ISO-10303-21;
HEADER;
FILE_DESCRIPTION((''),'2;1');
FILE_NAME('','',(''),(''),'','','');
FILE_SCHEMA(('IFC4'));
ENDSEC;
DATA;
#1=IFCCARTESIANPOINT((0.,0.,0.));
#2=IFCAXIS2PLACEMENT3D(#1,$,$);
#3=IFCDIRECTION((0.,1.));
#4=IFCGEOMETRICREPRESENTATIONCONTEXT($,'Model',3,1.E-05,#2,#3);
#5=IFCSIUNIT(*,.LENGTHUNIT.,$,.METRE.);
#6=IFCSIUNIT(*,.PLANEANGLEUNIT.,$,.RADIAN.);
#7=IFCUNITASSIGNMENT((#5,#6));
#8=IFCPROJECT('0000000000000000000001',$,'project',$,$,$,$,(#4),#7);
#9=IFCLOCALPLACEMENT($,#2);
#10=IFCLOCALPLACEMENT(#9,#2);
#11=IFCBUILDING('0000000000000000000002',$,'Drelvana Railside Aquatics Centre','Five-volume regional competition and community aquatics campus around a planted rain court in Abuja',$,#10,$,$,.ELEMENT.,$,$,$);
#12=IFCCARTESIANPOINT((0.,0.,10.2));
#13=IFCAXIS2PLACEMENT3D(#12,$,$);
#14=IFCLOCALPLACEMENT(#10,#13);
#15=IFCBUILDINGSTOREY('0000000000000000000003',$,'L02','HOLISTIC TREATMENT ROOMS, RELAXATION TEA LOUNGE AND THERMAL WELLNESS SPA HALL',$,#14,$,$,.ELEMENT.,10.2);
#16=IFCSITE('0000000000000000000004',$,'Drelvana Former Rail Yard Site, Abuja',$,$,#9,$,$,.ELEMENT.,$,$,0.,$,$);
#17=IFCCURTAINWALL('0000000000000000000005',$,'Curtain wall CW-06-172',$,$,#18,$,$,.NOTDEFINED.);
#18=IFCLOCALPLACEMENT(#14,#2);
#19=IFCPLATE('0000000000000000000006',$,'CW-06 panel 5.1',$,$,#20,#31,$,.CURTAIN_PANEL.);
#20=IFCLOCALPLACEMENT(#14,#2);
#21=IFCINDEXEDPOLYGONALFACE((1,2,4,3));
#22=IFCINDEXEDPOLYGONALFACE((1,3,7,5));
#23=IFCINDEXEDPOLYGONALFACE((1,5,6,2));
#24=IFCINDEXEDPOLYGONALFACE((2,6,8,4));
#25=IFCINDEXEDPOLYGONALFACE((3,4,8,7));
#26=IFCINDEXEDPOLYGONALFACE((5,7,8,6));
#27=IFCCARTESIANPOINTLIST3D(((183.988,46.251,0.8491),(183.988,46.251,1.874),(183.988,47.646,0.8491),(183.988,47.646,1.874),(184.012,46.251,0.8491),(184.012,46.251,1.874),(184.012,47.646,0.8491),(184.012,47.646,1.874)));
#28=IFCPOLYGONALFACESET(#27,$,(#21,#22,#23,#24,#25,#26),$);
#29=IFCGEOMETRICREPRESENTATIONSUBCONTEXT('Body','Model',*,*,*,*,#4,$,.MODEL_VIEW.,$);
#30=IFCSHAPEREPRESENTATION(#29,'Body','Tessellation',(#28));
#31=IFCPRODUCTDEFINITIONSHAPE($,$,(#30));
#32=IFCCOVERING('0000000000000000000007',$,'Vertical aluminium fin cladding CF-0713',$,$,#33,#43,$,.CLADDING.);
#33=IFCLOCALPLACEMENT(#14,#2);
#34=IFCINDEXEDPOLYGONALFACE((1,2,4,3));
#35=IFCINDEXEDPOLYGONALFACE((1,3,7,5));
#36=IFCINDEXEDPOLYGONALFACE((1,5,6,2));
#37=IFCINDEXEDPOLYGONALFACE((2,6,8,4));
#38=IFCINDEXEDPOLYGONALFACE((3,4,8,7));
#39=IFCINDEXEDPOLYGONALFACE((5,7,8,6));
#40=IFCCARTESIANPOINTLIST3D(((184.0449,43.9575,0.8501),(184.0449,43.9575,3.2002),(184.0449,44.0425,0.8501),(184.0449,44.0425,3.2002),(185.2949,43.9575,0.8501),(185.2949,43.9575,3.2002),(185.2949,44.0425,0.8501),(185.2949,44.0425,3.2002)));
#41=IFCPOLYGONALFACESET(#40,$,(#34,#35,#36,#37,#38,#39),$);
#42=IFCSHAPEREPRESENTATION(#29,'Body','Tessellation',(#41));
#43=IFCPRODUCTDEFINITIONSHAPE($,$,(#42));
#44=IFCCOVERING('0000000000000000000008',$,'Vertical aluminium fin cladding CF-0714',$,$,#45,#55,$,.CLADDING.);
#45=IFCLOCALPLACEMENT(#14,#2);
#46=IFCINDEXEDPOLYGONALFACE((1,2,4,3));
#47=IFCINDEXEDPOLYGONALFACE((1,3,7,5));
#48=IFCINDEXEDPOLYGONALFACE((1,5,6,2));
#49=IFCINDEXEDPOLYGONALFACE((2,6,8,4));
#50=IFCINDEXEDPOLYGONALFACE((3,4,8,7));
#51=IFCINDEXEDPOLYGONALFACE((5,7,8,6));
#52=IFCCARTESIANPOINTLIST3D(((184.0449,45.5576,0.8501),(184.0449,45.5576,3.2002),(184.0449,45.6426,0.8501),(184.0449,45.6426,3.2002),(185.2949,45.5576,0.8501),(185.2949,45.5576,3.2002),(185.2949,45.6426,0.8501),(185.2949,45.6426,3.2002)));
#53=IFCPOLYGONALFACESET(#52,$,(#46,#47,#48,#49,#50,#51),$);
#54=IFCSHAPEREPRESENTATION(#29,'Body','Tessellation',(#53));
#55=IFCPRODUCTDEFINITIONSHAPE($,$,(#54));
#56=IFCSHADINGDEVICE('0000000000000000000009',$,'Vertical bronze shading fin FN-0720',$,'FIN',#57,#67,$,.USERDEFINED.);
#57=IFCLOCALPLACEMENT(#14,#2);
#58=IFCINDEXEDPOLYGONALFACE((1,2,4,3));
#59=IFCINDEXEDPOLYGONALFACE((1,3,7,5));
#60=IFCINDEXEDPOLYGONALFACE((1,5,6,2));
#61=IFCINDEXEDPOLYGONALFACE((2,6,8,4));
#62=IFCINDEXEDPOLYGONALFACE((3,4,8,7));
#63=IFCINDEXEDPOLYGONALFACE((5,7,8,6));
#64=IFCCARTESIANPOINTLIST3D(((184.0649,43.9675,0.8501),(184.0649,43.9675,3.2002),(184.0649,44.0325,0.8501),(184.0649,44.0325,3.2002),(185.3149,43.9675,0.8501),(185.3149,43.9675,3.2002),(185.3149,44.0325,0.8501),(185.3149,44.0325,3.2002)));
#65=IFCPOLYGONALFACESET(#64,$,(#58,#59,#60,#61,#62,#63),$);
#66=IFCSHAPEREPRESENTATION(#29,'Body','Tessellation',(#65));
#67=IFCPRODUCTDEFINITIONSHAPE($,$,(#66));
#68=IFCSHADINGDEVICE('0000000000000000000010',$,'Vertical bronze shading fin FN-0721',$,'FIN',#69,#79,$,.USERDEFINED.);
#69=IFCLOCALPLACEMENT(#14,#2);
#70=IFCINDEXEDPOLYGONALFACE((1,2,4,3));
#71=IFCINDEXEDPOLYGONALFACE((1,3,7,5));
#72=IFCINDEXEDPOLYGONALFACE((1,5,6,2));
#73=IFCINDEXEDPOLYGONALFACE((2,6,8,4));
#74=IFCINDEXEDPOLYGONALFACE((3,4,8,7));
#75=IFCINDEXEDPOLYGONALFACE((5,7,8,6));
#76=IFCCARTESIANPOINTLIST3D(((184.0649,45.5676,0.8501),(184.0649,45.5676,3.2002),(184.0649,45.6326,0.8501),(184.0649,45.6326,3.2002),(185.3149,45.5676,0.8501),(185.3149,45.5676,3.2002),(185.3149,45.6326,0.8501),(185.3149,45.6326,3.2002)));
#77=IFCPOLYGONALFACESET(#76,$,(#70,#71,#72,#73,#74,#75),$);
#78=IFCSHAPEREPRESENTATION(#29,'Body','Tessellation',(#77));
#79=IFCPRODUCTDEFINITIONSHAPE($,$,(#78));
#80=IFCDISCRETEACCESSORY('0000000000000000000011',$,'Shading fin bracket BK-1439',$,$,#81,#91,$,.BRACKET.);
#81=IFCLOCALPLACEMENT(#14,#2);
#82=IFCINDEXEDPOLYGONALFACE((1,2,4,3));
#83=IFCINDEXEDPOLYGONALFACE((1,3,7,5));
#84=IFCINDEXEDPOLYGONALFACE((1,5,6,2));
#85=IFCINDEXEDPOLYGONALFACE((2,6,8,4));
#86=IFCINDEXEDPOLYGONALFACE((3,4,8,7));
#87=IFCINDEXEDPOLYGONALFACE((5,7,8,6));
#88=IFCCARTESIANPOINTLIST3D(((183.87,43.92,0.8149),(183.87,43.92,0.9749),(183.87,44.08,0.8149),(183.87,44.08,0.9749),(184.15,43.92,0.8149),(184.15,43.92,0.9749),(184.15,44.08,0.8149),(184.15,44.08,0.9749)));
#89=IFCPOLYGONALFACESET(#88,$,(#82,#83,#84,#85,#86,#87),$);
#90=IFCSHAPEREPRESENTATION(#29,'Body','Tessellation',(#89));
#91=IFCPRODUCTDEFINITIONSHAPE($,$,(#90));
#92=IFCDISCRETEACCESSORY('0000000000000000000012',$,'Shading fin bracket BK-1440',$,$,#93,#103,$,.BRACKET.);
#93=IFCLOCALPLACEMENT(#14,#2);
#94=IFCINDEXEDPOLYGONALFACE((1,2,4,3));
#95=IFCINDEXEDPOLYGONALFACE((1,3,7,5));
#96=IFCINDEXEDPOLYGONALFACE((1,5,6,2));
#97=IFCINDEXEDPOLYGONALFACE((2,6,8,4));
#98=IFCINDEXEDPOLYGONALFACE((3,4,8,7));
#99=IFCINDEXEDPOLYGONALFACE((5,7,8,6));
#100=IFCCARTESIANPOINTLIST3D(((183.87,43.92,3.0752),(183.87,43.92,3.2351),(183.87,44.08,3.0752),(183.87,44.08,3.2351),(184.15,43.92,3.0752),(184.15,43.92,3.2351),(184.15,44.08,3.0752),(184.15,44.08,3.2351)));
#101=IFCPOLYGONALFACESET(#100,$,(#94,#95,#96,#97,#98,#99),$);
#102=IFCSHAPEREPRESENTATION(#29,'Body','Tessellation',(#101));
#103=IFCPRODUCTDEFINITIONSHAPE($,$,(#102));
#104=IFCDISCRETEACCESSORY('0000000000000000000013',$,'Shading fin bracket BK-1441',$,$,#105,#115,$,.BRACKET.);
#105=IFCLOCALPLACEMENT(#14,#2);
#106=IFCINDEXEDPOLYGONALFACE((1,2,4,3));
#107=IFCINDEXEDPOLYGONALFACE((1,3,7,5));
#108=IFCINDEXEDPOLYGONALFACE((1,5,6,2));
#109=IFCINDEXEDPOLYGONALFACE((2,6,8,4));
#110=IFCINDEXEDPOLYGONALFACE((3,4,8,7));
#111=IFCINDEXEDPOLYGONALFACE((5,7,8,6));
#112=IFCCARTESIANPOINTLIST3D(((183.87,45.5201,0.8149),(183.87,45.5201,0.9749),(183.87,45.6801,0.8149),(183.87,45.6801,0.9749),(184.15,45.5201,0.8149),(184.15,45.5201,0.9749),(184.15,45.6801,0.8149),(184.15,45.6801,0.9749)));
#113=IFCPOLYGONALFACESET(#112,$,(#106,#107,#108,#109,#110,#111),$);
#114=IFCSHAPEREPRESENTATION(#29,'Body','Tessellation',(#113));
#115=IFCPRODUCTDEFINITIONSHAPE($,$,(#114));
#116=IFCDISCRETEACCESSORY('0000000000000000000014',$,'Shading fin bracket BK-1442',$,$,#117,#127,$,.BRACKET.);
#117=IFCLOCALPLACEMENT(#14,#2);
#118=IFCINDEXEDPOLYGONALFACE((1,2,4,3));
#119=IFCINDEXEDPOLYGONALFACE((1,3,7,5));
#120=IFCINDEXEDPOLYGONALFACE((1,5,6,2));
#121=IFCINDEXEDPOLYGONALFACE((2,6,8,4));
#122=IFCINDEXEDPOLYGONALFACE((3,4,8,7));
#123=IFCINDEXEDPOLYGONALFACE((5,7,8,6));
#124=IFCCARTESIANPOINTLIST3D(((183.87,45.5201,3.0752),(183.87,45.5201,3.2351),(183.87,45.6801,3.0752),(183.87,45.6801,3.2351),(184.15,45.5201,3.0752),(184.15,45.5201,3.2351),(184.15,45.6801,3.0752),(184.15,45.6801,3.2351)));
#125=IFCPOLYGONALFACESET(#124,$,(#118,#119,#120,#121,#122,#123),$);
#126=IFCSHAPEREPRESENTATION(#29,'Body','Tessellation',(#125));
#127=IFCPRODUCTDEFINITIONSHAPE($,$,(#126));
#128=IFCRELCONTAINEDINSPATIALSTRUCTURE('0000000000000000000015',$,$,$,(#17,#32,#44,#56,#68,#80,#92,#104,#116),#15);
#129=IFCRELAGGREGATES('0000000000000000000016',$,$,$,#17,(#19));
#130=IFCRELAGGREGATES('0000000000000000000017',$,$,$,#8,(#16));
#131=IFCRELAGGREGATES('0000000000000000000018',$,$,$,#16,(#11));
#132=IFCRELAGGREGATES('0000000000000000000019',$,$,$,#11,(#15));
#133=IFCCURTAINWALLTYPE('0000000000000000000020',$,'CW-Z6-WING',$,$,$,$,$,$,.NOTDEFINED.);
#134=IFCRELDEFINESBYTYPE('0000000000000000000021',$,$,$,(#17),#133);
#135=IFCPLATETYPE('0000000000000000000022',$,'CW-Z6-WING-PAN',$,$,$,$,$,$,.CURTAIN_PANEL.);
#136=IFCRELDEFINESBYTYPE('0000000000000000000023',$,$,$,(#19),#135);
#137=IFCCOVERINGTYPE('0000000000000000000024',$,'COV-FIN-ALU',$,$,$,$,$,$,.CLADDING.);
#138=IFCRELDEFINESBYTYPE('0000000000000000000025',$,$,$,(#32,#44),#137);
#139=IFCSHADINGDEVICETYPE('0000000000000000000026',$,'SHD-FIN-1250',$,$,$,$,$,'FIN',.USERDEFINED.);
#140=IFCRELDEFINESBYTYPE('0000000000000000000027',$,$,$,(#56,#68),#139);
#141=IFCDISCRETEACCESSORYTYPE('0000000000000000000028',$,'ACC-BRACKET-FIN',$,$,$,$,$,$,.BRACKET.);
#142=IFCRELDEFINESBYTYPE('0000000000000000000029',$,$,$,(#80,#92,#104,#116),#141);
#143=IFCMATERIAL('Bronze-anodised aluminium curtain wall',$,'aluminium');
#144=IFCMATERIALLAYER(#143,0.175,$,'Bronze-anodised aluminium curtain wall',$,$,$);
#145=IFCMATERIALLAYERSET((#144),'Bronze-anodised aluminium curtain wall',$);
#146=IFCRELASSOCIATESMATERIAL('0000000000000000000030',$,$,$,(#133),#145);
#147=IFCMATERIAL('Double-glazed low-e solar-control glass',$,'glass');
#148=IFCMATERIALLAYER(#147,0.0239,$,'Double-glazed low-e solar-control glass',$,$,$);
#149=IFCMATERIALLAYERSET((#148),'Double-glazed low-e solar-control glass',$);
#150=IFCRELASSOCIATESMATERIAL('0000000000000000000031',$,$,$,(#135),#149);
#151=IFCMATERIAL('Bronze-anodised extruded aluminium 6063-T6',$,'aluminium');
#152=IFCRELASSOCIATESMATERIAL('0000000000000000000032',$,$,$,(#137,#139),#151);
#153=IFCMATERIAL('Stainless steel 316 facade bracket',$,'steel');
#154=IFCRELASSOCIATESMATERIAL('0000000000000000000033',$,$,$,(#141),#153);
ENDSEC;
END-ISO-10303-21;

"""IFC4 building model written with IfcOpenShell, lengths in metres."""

from ifc_helpers import new_model, si_unit, direction, frame, origin, origin_2d, place, context, subcontext, project, spatial, rectangle, extrude, material, layer, layer_set, type_object, element, aggregate, save


model = new_model("IFC4")

# Units and contexts
model_context = context("Model", 3, precision=1e-05, world=origin(), true_north=direction((0.0, 1.0)))
body_context = subcontext(model_context, "Body", "Model", "MODEL_VIEW")
ifc_project = project(units=[si_unit("LENGTHUNIT", "METRE"), si_unit("PLANEANGLEUNIT", "RADIAN")], contexts=[model_context])

# Site, building, storey
site_placement = place(None, origin())
site = spatial("IfcSite", under=ifc_project, at=site_placement, Name="Drelvana Former Rail Yard Site, Abuja", CompositionType="ELEMENT", RefElevation=0.0)
building_placement = place(site_placement, origin())
building = spatial("IfcBuilding", under=site, at=building_placement, Name="Drelvana Railside Aquatics Centre", Description="Five-volume regional competition and community aquatics campus around a planted rain court in Abuja", CompositionType="ELEMENT")
storey_placement = place(building_placement, frame((0.0, 0.0, 10.2)))
storey = spatial("IfcBuildingStorey", under=building, at=storey_placement, Name="L02", Description="HOLISTIC TREATMENT ROOMS, RELAXATION TEA LOUNGE AND THERMAL WELLNESS SPA HALL", CompositionType="ELEMENT", Elevation=10.2)

# Curtain wall, plate
ifc_material_1 = material(Name="Bronze-anodised aluminium curtain wall", Category="aluminium")
ifc_layer_1 = layer(ifc_material_1, 0.175, Name="Bronze-anodised aluminium curtain wall")
ifc_layer_set_1 = layer_set([ifc_layer_1], Name="Bronze-anodised aluminium curtain wall")
curtain_wall_type = type_object("IfcCurtainWallType", Name="CW-Z6-WING", PredefinedType="NOTDEFINED", material=ifc_layer_set_1)
curtain_wall_placement = place(storey_placement, origin())
curtain_wall = element("IfcCurtainWall", 1, at=curtain_wall_placement, inside=storey, type_object=curtain_wall_type, Name="Curtain wall CW-06-172", PredefinedType="NOTDEFINED")
ifc_material_2 = material(Name="Double-glazed low-e solar-control glass", Category="glass")
ifc_layer_2 = layer(ifc_material_2, 0.0239, Name="Double-glazed low-e solar-control glass")
ifc_layer_set_2 = layer_set([ifc_layer_2], Name="Double-glazed low-e solar-control glass")
plate_type = type_object("IfcPlateType", Name="CW-Z6-WING-PAN", PredefinedType="CURTAIN_PANEL", material=ifc_layer_set_2)
plate_1_placement = place(storey_placement, frame((184.0, 46.9485, 0.8491), z_axis=(0.0, 0.0, 1.0), x_axis=(0.0, 1.0, 0.0)))
plate_1 = element("IfcPlate", 2, at=plate_1_placement, type_object=plate_type, Name="CW-06 panel 5.1", PredefinedType="CURTAIN_PANEL", context=body_context, shape_type="SweptSolid", body=[
    extrude(rectangle(XDim=1.395, YDim=0.0239, at=origin_2d()), origin(), (0.0, 0.0, 1.0), 1.0249),
])
aggregate(curtain_wall, [plate_1])

# Coverings
ifc_material_3 = material(Name="Bronze-anodised extruded aluminium 6063-T6", Category="aluminium")
covering_type = type_object("IfcCoveringType", Name="COV-FIN-ALU", PredefinedType="CLADDING", material=ifc_material_3)
for number, where, z_axis, x_axis, name in (
    (3, (184.6699, 44.0, 0.8501), (0.0, 0.0, 1.0), (0.0, -1.0, 0.0), "Vertical aluminium fin cladding CF-0713"),
    (4, (184.6699, 45.6001, 0.8501), (0.0, 0.0, 1.0), (0.0, -1.0, 0.0), "Vertical aluminium fin cladding CF-0714"),
):
    element("IfcCovering", number, at=place(storey_placement, frame(where, z_axis=z_axis, x_axis=x_axis)), inside=storey, type_object=covering_type, Name=name, PredefinedType="CLADDING", context=body_context, shape_type="SweptSolid", body=[
        extrude(rectangle(XDim=0.085, YDim=1.25, at=origin_2d()), origin(), (0.0, 0.0, 1.0), 2.3501),
    ])

# Shading devices
shading_device_type = type_object("IfcShadingDeviceType", Name="SHD-FIN-1250", ElementType="FIN", PredefinedType="USERDEFINED", material=ifc_material_3)
for number, where, z_axis, x_axis, name in (
    (5, (184.6899, 44.0, 0.8501), (0.0, 0.0, 1.0), (1.0, 0.0, 0.0), "Vertical bronze shading fin FN-0720"),
    (6, (184.6899, 45.6001, 0.8501), (0.0, 0.0, 1.0), (1.0, 0.0, 0.0), "Vertical bronze shading fin FN-0721"),
):
    element("IfcShadingDevice", number, at=place(storey_placement, frame(where, z_axis=z_axis, x_axis=x_axis)), inside=storey, type_object=shading_device_type, Name=name, ObjectType="FIN", PredefinedType="USERDEFINED", context=body_context, shape_type="SweptSolid", body=[
        extrude(rectangle(XDim=1.25, YDim=0.0649, at=origin_2d()), origin(), (0.0, 0.0, 1.0), 2.3501),
    ])

# Discrete accessories
ifc_material_4 = material(Name="Stainless steel 316 facade bracket", Category="steel")
discrete_accessory_type = type_object("IfcDiscreteAccessoryType", Name="ACC-BRACKET-FIN", PredefinedType="BRACKET", material=ifc_material_4)
for number, where, z_axis, x_axis, name in (
    (7, (184.01, 44.0, 0.8149), (0.0, 0.0, 1.0), (1.0, 0.0, 0.0), "Shading fin bracket BK-1439"),
    (8, (184.01, 44.0, 3.0752), (0.0, 0.0, 1.0), (1.0, 0.0, 0.0), "Shading fin bracket BK-1440"),
    (9, (184.01, 45.6001, 0.8149), (0.0, 0.0, 1.0), (1.0, 0.0, 0.0), "Shading fin bracket BK-1441"),
    (10, (184.01, 45.6001, 3.0752), (0.0, 0.0, 1.0), (1.0, 0.0, 0.0), "Shading fin bracket BK-1442"),
):
    element("IfcDiscreteAccessory", number, at=place(storey_placement, frame(where, z_axis=z_axis, x_axis=x_axis)), inside=storey, type_object=discrete_accessory_type, Name=name, PredefinedType="BRACKET", context=body_context, shape_type="SweptSolid", body=[
        extrude(rectangle(XDim=0.28, YDim=0.1599, at=origin_2d()), origin(), (0.0, 0.0, 1.0), 0.1599),
    ])

save(model, "model.ifc")
